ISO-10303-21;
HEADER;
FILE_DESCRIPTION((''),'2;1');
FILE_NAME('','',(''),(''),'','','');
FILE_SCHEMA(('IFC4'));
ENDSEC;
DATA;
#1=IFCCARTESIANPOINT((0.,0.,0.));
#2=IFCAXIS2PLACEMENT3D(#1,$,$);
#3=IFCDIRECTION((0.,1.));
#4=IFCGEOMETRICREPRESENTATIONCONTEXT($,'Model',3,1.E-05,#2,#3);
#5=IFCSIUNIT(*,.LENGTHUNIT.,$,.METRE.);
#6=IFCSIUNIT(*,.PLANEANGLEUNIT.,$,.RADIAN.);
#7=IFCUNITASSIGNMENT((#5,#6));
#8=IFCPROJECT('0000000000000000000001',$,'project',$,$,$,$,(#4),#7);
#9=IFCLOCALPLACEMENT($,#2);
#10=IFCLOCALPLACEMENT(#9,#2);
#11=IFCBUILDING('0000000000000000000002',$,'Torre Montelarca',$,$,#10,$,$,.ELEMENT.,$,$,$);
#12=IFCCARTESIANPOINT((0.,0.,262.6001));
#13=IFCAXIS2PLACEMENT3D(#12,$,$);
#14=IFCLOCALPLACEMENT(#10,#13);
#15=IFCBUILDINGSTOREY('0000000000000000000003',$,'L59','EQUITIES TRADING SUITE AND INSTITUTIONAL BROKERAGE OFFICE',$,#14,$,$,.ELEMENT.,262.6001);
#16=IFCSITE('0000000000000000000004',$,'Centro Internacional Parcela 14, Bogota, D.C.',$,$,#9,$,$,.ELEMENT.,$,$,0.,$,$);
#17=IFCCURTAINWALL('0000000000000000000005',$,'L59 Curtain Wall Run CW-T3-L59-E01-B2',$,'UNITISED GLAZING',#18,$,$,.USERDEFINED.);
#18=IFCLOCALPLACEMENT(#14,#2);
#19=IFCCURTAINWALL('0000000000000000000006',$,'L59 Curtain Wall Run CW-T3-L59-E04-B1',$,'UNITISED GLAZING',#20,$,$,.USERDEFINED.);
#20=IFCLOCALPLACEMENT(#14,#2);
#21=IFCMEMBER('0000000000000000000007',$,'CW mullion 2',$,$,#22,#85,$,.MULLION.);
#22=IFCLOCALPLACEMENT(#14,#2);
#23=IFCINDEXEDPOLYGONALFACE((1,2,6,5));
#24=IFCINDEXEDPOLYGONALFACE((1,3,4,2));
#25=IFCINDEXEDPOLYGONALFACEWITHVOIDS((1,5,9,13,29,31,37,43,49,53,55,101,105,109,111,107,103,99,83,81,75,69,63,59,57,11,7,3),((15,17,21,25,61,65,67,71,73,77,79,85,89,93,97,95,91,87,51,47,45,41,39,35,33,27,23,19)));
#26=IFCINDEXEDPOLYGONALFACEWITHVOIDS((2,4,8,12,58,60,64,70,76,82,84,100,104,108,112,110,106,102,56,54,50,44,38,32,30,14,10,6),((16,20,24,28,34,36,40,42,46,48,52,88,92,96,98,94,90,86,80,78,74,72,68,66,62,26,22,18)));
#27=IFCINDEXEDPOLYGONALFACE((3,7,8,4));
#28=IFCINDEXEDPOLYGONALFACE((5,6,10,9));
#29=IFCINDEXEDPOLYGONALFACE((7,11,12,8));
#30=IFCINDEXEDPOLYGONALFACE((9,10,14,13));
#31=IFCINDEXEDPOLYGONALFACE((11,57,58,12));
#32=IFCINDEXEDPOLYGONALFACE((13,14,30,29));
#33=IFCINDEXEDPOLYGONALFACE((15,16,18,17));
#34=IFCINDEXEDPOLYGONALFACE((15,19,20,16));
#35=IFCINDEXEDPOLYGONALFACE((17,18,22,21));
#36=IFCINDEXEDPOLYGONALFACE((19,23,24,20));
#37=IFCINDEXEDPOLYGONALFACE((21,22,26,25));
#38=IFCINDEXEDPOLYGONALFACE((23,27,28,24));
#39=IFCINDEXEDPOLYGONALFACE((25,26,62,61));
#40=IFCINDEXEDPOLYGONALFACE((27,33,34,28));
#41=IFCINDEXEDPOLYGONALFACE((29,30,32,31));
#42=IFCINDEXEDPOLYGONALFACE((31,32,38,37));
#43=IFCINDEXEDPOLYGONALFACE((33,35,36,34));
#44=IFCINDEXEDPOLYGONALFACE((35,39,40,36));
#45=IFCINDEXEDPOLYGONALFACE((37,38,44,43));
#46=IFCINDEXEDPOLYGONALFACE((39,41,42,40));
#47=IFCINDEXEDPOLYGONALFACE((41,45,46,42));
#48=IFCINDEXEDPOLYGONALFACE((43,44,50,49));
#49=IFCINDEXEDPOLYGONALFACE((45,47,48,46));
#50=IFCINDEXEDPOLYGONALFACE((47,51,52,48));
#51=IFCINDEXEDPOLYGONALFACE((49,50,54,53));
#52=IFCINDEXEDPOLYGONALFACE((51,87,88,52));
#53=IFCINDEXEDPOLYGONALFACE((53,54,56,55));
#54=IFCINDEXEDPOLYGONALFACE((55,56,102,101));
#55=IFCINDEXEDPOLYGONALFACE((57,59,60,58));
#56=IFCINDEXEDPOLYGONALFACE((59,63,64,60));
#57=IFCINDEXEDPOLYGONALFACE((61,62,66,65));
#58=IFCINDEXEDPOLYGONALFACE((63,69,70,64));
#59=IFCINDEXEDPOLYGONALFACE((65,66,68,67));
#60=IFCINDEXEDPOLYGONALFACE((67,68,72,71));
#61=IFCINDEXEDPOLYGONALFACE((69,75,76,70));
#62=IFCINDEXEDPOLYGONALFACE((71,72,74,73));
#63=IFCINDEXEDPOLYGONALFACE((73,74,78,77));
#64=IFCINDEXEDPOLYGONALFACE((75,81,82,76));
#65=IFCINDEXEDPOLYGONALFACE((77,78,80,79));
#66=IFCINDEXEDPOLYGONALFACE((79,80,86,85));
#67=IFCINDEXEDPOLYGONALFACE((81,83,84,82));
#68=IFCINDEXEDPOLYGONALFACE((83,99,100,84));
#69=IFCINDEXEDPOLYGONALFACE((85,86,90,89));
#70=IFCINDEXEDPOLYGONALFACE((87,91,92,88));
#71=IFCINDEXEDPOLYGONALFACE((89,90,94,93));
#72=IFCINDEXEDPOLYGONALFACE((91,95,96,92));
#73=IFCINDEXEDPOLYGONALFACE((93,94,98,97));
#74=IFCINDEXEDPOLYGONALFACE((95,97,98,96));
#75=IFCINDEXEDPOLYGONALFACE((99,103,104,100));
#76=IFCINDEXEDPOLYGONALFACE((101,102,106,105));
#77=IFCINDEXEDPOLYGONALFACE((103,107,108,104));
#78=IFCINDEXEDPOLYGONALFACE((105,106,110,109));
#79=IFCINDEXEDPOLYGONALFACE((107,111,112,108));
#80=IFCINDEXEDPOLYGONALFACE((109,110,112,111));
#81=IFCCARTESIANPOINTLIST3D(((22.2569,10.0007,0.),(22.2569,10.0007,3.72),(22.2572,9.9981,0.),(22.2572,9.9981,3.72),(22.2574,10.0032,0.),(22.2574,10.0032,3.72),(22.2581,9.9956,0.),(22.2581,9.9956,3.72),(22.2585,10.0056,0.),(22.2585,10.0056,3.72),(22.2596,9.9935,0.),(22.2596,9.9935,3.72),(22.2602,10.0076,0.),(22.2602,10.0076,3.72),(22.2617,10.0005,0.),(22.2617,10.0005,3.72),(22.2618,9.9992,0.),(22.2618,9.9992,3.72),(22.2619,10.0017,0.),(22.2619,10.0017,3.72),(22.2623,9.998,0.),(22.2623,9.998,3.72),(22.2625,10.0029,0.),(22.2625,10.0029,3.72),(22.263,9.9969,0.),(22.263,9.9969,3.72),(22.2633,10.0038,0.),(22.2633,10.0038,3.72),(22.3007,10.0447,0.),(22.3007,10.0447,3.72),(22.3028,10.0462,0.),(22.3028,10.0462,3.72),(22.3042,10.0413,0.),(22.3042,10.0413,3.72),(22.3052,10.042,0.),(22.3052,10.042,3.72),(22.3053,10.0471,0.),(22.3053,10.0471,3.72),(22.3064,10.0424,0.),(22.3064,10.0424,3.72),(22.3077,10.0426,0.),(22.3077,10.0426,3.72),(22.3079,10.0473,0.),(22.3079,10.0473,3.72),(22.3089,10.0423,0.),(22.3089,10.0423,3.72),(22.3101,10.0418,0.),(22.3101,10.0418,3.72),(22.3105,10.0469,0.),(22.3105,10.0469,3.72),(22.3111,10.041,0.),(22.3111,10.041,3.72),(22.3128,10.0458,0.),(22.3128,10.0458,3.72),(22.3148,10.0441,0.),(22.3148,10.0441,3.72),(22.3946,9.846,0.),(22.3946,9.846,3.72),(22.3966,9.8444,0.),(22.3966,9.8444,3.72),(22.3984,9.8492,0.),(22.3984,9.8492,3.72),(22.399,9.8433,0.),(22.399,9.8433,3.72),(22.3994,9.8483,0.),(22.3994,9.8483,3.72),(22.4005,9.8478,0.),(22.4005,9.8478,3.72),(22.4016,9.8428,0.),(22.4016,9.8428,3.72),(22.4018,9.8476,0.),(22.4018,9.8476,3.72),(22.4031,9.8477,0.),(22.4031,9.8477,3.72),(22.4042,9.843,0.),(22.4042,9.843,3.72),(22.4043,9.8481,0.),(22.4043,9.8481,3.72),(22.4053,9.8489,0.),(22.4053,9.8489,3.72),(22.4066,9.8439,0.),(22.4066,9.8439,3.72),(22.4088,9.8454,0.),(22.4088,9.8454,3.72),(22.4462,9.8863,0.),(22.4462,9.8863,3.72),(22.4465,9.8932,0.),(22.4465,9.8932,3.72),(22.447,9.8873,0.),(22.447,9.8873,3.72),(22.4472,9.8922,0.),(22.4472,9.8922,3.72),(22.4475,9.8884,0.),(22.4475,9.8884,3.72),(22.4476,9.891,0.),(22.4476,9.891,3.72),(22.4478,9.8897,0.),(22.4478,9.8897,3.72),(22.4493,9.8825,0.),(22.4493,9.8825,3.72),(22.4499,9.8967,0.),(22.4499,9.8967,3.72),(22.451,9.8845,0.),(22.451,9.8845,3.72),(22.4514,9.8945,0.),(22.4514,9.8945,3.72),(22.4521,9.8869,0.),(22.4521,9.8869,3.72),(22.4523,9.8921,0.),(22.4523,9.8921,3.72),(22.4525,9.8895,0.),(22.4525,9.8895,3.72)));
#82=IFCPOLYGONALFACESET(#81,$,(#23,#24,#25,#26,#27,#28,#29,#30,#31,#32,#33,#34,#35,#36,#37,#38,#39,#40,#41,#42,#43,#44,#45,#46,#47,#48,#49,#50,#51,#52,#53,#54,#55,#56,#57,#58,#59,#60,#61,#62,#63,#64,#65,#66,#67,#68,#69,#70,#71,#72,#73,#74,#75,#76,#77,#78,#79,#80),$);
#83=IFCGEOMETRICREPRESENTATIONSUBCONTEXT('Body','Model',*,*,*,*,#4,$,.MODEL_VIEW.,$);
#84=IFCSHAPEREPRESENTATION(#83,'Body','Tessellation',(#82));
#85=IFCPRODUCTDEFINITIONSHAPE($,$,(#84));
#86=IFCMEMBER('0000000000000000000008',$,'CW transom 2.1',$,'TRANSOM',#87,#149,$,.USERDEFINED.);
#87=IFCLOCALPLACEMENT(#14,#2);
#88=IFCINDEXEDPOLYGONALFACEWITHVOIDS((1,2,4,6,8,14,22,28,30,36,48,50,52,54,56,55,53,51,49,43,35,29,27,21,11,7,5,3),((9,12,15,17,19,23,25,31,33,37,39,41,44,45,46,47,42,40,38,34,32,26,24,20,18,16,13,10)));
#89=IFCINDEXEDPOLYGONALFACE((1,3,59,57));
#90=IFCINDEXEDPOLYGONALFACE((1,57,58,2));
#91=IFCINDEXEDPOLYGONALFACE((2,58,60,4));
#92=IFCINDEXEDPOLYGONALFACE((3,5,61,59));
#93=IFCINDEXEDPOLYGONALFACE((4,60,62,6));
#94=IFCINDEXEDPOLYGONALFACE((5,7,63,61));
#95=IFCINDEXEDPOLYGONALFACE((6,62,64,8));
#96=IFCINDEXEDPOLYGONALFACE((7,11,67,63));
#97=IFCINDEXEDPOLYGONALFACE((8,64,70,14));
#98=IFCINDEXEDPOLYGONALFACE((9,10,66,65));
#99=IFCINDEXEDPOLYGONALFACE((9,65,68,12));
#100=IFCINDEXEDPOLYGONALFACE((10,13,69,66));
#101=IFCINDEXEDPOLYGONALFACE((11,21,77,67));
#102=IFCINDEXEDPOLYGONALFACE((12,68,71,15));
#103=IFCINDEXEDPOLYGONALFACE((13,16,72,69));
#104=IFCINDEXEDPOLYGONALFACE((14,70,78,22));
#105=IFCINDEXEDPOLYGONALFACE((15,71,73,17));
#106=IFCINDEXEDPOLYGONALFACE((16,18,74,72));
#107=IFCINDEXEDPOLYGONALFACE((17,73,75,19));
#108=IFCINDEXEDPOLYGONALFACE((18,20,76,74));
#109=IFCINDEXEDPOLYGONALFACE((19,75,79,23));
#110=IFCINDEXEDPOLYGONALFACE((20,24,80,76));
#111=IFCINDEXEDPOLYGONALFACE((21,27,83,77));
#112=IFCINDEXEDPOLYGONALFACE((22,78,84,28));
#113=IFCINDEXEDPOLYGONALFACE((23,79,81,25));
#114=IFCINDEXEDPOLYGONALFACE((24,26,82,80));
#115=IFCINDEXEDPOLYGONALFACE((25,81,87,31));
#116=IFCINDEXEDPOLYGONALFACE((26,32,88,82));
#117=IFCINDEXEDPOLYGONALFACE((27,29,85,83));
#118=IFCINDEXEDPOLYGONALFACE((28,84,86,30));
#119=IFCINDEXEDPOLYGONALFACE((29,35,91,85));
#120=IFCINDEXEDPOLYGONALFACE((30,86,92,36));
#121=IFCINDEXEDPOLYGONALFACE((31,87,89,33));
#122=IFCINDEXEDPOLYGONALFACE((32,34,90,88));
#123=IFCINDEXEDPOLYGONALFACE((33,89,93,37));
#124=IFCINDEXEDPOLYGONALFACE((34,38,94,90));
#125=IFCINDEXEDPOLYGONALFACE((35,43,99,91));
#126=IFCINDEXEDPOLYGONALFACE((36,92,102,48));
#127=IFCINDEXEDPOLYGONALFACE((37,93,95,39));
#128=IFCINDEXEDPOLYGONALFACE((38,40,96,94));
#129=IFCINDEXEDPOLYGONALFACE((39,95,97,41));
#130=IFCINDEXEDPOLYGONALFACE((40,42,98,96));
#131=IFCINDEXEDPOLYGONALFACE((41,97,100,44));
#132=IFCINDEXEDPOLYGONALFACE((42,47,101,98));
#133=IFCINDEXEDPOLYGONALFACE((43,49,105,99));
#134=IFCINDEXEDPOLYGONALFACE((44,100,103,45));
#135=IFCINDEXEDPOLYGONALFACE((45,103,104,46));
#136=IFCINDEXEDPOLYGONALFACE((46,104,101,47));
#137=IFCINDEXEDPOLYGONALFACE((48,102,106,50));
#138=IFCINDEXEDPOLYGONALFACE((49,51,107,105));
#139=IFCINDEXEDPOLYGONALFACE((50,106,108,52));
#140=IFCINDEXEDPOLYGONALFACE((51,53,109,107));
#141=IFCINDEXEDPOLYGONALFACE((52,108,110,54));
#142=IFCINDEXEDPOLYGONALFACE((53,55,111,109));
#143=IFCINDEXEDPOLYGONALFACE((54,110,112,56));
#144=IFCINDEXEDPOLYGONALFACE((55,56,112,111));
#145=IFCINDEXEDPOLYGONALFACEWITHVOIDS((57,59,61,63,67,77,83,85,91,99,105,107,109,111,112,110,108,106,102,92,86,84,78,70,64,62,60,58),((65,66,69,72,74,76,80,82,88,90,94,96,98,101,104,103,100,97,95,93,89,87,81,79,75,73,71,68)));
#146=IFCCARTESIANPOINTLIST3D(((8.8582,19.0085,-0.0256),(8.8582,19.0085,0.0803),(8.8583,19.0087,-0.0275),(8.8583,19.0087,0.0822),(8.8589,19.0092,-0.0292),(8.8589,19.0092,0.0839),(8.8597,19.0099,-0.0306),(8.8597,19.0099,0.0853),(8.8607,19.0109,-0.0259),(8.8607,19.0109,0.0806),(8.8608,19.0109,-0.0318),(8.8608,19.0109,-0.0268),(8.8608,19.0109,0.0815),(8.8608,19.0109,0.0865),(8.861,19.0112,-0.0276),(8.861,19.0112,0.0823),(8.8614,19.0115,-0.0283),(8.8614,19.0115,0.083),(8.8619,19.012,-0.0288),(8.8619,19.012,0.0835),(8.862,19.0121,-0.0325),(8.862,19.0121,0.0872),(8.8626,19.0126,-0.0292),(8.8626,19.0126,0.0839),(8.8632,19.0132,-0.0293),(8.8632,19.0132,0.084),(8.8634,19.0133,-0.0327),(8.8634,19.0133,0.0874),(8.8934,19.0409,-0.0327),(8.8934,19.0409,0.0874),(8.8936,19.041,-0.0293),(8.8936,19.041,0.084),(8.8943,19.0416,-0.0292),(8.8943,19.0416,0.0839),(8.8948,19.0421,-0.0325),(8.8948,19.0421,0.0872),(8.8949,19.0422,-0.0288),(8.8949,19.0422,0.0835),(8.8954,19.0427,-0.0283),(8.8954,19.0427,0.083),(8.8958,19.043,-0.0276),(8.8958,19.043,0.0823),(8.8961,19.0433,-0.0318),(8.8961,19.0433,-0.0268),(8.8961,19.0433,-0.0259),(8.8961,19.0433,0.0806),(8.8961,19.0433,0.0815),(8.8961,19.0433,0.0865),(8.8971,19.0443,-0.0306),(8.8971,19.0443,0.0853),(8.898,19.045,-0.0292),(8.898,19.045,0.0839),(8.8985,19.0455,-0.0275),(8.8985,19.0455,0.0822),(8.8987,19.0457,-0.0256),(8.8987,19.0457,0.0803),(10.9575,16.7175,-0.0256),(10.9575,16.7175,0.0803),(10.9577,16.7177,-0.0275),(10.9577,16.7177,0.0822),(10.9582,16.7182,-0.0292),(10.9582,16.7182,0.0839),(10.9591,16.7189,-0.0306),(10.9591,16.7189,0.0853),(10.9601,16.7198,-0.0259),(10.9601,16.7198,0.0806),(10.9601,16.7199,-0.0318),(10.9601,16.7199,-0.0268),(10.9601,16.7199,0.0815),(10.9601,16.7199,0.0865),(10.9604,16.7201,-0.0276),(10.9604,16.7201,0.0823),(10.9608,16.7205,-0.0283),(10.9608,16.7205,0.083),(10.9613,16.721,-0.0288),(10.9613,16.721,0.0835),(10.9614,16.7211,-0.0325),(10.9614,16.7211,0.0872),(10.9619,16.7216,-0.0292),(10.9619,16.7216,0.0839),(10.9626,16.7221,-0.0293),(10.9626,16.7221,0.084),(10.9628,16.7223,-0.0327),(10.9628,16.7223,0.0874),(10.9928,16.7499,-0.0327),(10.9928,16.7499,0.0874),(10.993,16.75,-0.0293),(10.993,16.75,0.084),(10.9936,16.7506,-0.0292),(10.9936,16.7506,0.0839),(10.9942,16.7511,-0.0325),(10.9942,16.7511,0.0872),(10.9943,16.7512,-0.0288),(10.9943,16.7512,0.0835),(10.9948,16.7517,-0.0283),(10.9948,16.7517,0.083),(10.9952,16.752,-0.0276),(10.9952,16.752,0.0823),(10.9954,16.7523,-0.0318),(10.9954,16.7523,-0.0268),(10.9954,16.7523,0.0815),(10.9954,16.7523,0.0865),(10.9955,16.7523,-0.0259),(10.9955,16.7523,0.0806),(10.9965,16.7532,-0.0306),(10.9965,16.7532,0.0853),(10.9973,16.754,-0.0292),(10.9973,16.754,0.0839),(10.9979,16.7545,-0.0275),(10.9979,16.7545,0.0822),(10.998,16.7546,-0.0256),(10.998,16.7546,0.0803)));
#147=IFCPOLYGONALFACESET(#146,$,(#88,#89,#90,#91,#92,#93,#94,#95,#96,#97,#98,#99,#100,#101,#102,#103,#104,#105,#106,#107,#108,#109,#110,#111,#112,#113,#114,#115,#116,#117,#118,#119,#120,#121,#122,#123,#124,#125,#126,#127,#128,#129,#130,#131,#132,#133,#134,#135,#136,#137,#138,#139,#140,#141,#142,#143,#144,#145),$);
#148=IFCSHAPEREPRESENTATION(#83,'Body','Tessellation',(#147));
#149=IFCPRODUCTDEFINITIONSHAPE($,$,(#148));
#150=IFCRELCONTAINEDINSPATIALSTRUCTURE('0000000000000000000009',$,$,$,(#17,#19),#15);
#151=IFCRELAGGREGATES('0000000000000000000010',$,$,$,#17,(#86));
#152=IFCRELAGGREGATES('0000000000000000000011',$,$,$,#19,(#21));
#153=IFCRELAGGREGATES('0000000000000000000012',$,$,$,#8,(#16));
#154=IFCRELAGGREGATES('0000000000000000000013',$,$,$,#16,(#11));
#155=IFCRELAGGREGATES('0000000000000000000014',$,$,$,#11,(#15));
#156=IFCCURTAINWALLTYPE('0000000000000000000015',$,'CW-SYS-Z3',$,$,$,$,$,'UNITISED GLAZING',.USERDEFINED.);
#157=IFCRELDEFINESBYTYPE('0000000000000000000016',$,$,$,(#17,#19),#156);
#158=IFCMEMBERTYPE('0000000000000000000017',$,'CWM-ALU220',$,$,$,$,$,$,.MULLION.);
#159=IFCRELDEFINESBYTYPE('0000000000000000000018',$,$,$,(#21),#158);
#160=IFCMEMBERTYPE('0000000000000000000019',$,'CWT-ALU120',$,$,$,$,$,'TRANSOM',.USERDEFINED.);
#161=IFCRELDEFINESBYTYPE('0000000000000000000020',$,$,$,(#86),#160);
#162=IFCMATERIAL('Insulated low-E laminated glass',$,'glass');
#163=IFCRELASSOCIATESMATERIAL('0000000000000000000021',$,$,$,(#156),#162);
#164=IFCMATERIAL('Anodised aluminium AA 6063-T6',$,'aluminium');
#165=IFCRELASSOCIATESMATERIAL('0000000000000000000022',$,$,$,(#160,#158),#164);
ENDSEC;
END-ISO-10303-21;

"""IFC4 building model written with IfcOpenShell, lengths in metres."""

from ifc_helpers import new_model, si_unit, direction, frame, origin, origin_2d, place, context, subcontext, project, spatial, hollow_rectangle, extrude, source, transform, mapped, material, material_profile, profile_set, type_object, element, aggregate, save


model = new_model("IFC4")

# Units and contexts
model_context = context("Model", 3, precision=1e-05, world=origin(), true_north=direction((0.0, 1.0)))
body_context = subcontext(model_context, "Body", "Model", "MODEL_VIEW")
ifc_project = project(units=[si_unit("LENGTHUNIT", "METRE"), si_unit("PLANEANGLEUNIT", "RADIAN")], contexts=[model_context])

# Site, building, storey
site_placement = place(None, origin())
site = spatial("IfcSite", under=ifc_project, at=site_placement, Name="Centro Internacional Parcela 14, Bogota, D.C.", CompositionType="ELEMENT", RefElevation=0.0)
building_placement = place(site_placement, origin())
building = spatial("IfcBuilding", under=site, at=building_placement, Name="Torre Montelarca", CompositionType="ELEMENT")
storey_placement = place(building_placement, frame((0.0, 0.0, 262.6001)))
storey = spatial("IfcBuildingStorey", under=building, at=storey_placement, Name="L59", Description="EQUITIES TRADING SUITE AND INSTITUTIONAL BROKERAGE OFFICE", CompositionType="ELEMENT", Elevation=262.6001)

# Curtain wall
ifc_material_1 = material(Name="Insulated low-E laminated glass", Category="glass")
curtain_wall_type = type_object("IfcCurtainWallType", Name="CW-SYS-Z3", ElementType="UNITISED GLAZING", PredefinedType="USERDEFINED", material=ifc_material_1)
ifc_material_2 = material(Name="Anodised aluminium AA 6063-T6", Category="aluminium")
ifc_material_profile_1 = material_profile(ifc_material_2, hollow_rectangle(XDim=0.0549, YDim=0.1201, WallThickness=0.0034, InnerFilletRadius=0.0034, OuterFilletRadius=0.0071, at=origin_2d()), Name="ALU55X120X3.5", Category="aluminium")
ifc_profile_set_1 = profile_set([ifc_material_profile_1], Name="Anodised aluminium AA 6063-T6")
member_type_1 = type_object("IfcMemberType", Name="CWT-ALU120", ElementType="TRANSOM", PredefinedType="USERDEFINED", material=ifc_profile_set_1)
curtain_wall_1_placement = place(storey_placement, origin())
curtain_wall_1 = element("IfcCurtainWall", 1, at=curtain_wall_1_placement, inside=storey, type_object=curtain_wall_type, Name="L59 Curtain Wall Run CW-T3-L59-E01-B2", ObjectType="UNITISED GLAZING", PredefinedType="USERDEFINED")
ifc_material_profile_2 = material_profile(ifc_material_2, hollow_rectangle(XDim=0.075, YDim=0.22, WallThickness=0.0049, InnerFilletRadius=0.0049, OuterFilletRadius=0.01, at=origin_2d()), Name="ALU75X220X5", Category="aluminium")
ifc_profile_set_2 = profile_set([ifc_material_profile_2], Name="Anodised aluminium AA 6063-T6")
member_type_2 = type_object("IfcMemberType", Name="CWM-ALU220", PredefinedType="MULLION", material=ifc_profile_set_2)
shared_shape_1 = source(origin(), body_context, "Body", "SweptSolid", [
    extrude(hollow_rectangle(XDim=0.075, YDim=0.22, WallThickness=0.0049, InnerFilletRadius=0.0049, OuterFilletRadius=0.01, at=origin_2d()), origin(), (0.0, 0.0, 1.0), 3.72),
])

# Curtain wall, member
curtain_wall_2_placement = place(storey_placement, origin())
curtain_wall_2 = element("IfcCurtainWall", 2, at=curtain_wall_2_placement, inside=storey, type_object=curtain_wall_type, Name="L59 Curtain Wall Run CW-T3-L59-E04-B1", ObjectType="UNITISED GLAZING", PredefinedType="USERDEFINED")
member_1_placement = place(storey_placement, frame((22.3547, 9.9451, 0.0), z_axis=(0.0, 0.0, 1.0), x_axis=(0.737293, 0.675573, 0.0)))
member_1 = element("IfcMember", 3, at=member_1_placement, type_object=member_type_2, Name="CW mullion 2", PredefinedType="MULLION", context=body_context, shape_type="MappedRepresentation", body=[
    mapped(shared_shape_1, transform((0.0, 0.0, 0.0), scale=1.0)),
])

# Member
shared_shape_2 = source(origin(), body_context, "Body", "SweptSolid", [
    extrude(hollow_rectangle(XDim=0.0549, YDim=0.1201, WallThickness=0.0034, InnerFilletRadius=0.0034, OuterFilletRadius=0.0071, at=origin_2d()), origin(), (0.0, 0.0, 1.0), 3.1074),
])
member_2_placement = place(storey_placement, frame((8.8784, 19.0271, 0.0273), z_axis=(0.675597, -0.737272, 0.0), x_axis=(0.737272, 0.675597, 0.0)))
member_2 = element("IfcMember", 4, at=member_2_placement, type_object=member_type_1, Name="CW transom 2.1", ObjectType="TRANSOM", PredefinedType="USERDEFINED", context=body_context, shape_type="MappedRepresentation", body=[
    mapped(shared_shape_2, transform((0.0, 0.0, 0.0), scale=1.0)),
])

aggregate(curtain_wall_1, [member_2])
aggregate(curtain_wall_2, [member_1])

save(model, "model.ifc")
